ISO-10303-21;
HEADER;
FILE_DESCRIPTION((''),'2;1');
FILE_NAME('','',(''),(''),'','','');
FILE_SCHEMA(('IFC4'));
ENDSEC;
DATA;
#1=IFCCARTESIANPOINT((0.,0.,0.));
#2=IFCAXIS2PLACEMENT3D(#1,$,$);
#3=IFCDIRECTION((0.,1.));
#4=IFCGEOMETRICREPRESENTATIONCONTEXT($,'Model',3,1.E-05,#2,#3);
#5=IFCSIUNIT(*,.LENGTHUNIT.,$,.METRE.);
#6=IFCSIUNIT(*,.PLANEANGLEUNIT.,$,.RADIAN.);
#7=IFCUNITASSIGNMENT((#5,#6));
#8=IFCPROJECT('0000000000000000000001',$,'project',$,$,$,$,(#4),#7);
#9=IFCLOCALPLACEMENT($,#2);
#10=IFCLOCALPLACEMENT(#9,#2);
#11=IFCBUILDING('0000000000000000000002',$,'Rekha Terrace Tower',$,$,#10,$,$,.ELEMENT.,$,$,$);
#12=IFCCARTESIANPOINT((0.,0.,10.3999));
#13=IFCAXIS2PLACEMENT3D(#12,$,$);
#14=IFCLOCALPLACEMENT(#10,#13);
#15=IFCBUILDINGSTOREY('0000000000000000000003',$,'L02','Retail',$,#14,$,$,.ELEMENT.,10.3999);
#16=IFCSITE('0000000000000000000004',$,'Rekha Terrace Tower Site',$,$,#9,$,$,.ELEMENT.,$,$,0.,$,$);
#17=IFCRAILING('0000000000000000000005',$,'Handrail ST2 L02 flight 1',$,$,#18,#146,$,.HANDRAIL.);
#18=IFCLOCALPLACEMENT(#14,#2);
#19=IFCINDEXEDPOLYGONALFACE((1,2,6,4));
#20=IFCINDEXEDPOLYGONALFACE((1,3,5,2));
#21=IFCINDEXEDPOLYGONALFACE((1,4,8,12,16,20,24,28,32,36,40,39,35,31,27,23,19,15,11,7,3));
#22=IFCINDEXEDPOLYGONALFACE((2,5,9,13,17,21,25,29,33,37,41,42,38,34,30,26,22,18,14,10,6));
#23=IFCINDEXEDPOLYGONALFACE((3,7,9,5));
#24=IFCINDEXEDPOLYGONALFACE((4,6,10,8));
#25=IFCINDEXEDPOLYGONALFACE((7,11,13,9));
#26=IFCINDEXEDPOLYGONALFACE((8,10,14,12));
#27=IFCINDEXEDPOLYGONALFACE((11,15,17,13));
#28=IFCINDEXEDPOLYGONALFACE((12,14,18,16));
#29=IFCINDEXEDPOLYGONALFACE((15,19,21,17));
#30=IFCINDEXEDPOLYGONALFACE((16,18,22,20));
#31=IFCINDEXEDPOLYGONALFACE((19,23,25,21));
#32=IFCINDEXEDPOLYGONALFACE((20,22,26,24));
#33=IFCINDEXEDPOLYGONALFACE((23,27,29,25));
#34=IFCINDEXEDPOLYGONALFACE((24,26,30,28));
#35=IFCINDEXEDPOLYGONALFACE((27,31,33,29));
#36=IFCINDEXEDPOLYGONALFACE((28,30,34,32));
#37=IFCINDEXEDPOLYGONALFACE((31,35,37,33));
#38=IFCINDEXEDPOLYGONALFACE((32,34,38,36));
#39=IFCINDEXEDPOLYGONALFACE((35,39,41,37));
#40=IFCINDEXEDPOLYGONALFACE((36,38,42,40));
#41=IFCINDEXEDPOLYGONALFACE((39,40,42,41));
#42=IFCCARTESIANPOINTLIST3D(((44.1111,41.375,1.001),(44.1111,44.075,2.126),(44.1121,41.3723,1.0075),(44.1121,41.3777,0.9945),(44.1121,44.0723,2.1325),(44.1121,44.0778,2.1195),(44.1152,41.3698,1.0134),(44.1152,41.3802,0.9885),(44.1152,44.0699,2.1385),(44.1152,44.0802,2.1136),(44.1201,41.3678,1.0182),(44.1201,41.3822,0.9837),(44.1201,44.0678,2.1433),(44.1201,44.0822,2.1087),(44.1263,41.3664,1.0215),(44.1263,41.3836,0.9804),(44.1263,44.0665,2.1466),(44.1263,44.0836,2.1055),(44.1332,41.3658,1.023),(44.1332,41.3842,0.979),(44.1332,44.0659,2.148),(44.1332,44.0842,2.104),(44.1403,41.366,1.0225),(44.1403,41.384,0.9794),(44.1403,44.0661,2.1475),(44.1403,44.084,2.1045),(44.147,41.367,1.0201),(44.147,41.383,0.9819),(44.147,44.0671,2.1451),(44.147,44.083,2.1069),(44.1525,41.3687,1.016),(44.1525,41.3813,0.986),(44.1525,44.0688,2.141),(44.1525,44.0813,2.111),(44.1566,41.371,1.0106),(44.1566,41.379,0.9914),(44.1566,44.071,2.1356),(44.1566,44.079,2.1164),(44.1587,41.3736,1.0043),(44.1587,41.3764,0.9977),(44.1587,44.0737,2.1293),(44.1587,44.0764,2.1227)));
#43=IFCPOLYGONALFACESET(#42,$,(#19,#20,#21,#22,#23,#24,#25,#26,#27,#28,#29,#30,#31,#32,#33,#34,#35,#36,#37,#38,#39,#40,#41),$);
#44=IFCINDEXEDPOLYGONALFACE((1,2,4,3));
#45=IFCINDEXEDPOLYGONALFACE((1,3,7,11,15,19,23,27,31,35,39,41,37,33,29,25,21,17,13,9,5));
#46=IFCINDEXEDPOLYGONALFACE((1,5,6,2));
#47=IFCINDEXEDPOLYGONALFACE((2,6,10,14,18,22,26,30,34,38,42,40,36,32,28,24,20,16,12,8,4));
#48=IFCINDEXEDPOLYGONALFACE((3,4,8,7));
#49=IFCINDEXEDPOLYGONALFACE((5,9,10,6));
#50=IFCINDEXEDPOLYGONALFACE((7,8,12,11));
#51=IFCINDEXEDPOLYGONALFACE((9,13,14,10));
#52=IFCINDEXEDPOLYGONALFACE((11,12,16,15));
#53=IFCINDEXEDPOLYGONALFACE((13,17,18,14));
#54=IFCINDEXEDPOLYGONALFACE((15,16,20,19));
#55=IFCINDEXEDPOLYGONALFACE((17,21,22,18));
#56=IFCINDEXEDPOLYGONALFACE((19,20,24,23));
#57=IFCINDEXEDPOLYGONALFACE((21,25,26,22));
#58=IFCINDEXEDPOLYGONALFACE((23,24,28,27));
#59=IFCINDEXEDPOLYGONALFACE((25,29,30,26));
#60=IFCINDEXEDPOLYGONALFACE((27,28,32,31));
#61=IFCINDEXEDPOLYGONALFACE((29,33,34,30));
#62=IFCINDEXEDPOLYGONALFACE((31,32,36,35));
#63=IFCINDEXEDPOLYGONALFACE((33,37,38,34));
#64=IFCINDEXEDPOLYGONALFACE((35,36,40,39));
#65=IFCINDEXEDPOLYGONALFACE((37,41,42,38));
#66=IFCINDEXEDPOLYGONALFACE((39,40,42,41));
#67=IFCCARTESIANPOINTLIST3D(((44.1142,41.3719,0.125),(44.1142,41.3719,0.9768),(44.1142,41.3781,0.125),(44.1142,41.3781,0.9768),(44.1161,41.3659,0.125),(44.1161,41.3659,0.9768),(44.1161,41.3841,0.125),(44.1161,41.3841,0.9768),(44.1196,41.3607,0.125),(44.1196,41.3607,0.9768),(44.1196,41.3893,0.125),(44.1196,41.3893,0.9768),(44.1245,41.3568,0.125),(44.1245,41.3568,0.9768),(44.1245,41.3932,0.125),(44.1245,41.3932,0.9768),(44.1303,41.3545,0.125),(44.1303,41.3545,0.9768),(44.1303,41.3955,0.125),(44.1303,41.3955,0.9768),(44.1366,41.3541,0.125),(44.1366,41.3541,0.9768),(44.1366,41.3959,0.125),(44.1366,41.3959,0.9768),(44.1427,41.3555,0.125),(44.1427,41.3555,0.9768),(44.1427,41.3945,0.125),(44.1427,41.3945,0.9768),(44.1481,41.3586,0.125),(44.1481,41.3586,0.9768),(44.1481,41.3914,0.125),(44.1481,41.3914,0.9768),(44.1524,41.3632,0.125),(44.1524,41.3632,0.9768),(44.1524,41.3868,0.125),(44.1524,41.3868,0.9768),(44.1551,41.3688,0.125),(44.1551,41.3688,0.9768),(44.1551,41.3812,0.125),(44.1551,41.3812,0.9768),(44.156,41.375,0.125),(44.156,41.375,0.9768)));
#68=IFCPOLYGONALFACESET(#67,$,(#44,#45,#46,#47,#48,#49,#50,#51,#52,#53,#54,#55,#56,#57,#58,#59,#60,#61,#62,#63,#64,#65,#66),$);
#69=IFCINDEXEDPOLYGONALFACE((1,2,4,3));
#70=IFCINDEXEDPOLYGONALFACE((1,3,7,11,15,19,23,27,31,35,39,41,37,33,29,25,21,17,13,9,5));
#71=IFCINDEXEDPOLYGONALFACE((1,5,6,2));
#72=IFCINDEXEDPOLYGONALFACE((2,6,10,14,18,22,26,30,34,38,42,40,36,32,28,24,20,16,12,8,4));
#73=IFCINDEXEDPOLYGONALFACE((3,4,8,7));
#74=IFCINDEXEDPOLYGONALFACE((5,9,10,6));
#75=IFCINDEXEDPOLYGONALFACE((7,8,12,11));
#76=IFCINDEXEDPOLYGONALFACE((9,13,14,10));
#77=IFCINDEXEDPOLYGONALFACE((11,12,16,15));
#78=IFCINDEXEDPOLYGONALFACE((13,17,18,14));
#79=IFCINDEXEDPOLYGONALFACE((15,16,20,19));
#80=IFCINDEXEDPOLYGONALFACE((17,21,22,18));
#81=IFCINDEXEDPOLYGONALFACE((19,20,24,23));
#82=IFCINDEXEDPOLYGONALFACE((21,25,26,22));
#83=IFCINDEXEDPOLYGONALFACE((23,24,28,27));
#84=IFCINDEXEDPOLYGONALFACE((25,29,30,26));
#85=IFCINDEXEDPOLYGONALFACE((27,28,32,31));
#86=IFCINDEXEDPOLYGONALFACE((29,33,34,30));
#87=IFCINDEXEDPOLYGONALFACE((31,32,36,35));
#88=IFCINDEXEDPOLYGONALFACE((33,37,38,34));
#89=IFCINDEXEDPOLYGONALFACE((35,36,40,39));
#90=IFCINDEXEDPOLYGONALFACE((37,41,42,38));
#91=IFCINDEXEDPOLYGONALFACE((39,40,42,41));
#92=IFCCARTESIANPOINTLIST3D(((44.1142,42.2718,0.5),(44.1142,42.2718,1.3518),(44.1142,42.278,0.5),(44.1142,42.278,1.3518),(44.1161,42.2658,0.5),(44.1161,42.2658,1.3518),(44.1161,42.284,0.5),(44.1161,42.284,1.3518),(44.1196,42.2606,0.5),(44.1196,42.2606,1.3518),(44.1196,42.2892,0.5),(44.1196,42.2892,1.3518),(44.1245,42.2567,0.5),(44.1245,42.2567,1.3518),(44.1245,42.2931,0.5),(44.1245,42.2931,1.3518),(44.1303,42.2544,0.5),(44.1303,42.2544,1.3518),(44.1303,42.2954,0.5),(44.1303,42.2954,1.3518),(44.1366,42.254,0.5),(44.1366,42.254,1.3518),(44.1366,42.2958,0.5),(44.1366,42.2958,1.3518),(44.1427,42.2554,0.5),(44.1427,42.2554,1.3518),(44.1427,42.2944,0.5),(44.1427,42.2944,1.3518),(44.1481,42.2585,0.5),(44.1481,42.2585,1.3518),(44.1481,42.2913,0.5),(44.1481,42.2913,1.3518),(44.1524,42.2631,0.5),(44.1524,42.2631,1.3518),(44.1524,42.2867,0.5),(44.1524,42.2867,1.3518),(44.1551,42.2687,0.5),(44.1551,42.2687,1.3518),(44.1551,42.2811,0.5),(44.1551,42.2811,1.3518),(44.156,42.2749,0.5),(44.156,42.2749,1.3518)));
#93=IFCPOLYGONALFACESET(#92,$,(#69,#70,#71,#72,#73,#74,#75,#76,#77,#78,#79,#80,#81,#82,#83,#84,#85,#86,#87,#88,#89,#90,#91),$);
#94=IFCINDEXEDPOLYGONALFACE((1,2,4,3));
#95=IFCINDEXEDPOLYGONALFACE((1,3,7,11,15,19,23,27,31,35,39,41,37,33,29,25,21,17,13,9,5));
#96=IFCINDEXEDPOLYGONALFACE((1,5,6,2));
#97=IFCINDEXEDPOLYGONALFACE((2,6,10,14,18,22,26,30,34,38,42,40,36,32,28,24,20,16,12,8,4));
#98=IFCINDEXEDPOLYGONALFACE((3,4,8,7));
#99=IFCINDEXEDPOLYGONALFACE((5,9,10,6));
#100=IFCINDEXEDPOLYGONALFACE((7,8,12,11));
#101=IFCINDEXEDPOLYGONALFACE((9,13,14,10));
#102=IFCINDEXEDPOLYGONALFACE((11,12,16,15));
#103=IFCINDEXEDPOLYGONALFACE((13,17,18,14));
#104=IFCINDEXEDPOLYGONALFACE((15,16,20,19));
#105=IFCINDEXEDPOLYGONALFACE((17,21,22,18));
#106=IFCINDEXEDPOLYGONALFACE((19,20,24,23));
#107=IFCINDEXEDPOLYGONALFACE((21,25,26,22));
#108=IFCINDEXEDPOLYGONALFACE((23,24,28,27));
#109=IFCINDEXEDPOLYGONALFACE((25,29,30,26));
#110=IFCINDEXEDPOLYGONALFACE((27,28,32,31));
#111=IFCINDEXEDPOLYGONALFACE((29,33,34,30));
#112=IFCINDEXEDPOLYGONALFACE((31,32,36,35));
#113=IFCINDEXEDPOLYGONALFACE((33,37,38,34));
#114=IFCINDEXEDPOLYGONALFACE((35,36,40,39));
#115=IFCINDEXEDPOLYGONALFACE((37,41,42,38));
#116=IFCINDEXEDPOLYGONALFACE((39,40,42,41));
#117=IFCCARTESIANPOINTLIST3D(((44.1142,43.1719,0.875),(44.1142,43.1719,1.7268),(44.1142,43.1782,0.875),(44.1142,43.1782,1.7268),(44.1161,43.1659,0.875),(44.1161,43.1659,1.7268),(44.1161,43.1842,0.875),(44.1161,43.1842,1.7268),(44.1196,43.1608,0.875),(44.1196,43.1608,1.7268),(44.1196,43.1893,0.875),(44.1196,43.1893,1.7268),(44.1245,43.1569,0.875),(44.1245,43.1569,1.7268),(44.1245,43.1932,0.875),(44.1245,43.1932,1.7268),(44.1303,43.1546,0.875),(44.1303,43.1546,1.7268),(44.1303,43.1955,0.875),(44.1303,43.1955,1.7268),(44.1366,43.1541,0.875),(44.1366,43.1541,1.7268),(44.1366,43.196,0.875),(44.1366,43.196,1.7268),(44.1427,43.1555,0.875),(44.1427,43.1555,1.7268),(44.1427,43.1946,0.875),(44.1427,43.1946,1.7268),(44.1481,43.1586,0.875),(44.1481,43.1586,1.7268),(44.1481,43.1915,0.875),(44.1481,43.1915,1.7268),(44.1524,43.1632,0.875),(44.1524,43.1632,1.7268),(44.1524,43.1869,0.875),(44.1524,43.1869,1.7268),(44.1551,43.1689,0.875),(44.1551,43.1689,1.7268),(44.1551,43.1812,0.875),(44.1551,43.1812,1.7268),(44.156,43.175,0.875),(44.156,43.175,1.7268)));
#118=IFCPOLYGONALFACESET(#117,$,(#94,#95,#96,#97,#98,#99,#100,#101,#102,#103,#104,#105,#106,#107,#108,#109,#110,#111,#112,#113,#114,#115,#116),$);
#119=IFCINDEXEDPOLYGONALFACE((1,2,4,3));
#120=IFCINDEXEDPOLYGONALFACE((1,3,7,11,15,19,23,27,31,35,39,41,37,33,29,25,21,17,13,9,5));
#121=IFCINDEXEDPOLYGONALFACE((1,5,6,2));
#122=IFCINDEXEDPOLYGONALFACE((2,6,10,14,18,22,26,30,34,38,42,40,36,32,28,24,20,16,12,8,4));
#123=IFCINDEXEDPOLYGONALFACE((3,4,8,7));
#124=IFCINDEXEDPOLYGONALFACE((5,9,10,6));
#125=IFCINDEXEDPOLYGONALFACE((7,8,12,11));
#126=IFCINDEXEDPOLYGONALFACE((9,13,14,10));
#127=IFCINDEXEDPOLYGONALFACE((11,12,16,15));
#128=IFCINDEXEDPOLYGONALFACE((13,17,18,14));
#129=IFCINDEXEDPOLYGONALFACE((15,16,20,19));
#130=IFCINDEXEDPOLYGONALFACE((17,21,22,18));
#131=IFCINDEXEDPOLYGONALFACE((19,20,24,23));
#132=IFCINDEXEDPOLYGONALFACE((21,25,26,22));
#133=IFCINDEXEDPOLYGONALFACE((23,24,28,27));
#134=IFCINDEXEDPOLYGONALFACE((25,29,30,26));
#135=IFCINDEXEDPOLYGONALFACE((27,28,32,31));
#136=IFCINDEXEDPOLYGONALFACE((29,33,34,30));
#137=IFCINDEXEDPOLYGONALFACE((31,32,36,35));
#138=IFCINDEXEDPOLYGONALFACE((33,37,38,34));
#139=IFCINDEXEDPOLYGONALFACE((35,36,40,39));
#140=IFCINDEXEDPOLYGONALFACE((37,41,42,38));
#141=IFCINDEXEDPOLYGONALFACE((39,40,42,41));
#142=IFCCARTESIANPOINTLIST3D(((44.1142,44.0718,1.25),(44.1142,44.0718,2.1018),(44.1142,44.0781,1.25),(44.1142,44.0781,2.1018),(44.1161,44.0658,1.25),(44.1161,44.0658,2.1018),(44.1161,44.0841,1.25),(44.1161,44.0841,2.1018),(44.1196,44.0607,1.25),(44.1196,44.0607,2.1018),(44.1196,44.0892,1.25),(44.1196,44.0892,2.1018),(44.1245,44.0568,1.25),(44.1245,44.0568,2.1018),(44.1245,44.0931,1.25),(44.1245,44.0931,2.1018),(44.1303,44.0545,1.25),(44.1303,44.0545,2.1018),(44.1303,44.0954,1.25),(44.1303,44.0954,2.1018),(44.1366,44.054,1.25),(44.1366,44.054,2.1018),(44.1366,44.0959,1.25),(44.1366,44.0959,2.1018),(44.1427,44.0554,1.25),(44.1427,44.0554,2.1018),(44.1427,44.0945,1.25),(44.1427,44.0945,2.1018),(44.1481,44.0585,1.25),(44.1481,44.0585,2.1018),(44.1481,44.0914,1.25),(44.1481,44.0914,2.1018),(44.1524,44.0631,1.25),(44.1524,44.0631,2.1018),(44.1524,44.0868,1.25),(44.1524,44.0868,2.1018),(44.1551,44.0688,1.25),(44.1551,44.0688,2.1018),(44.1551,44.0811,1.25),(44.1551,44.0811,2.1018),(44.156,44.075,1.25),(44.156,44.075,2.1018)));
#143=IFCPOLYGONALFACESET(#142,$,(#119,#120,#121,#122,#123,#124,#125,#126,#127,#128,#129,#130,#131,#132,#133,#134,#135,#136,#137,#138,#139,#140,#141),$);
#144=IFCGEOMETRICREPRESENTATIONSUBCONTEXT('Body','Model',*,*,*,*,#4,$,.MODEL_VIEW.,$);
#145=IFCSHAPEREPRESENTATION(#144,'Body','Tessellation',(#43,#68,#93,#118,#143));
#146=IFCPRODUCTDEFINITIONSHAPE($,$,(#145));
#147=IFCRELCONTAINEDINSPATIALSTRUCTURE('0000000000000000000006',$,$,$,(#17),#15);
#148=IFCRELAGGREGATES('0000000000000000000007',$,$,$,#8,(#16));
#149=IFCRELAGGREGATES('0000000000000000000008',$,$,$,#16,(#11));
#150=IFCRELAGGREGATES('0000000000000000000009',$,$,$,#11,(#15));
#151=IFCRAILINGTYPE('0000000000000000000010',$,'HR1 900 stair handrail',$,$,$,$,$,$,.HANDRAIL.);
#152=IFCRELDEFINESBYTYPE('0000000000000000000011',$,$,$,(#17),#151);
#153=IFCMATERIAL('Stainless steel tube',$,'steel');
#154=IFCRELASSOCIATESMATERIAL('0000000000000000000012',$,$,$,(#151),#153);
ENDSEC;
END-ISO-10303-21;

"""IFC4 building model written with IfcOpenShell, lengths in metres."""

from ifc_helpers import new_model, si_unit, direction, frame, origin, origin_2d, place, context, subcontext, project, spatial, circle, extrude, material, type_object, element, save


model = new_model("IFC4")

# Units and contexts
model_context = context("Model", 3, precision=1e-05, world=origin(), true_north=direction((0.0, 1.0)))
body_context = subcontext(model_context, "Body", "Model", "MODEL_VIEW")
ifc_project = project(units=[si_unit("LENGTHUNIT", "METRE"), si_unit("PLANEANGLEUNIT", "RADIAN")], contexts=[model_context])

# Site, building, storey
site_placement = place(None, origin())
site = spatial("IfcSite", under=ifc_project, at=site_placement, Name="Rekha Terrace Tower Site", CompositionType="ELEMENT", RefElevation=0.0)
building_placement = place(site_placement, origin())
building = spatial("IfcBuilding", under=site, at=building_placement, Name="Rekha Terrace Tower", CompositionType="ELEMENT")
storey_placement = place(building_placement, frame((0.0, 0.0, 10.3999)))
storey = spatial("IfcBuildingStorey", under=building, at=storey_placement, Name="L02", Description="Retail", CompositionType="ELEMENT", Elevation=10.3999)

# Railing
ifc_material_1 = material(Name="Stainless steel tube", Category="steel")
railing_type_1 = type_object("IfcRailingType", Name="HR1 900 stair handrail", PredefinedType="HANDRAIL", material=ifc_material_1)
railing_1_placement = place(storey_placement, frame((44.135, 41.375, 0.125)))
element("IfcRailing", 1, at=railing_1_placement, inside=storey, type_object=railing_type_1, Name="Handrail ST2 L02 flight 1", PredefinedType="HANDRAIL", context=body_context, shape_type="SweptSolid", body=[
    extrude(circle(Radius=0.0239, at=origin_2d()), frame((0.0, 0.0, 0.876), z_axis=(0.0, 0.923074, 0.384621), x_axis=(-1.0, 0.0, 0.0)), (0.0, 0.0, 1.0), 2.925),
    extrude(circle(Radius=0.021, at=origin_2d()), origin(), (0.0, 0.0, 1.0), 0.8518),
    extrude(circle(Radius=0.021, at=origin_2d()), frame((0.0, 0.8999, 0.375)), (0.0, 0.0, 1.0), 0.8518),
    extrude(circle(Radius=0.021, at=origin_2d()), frame((0.0, 1.8, 0.75)), (0.0, 0.0, 1.0), 0.8518),
    extrude(circle(Radius=0.021, at=origin_2d()), frame((0.0, 2.7, 1.125)), (0.0, 0.0, 1.0), 0.8518),
])

save(model, "model.ifc")
